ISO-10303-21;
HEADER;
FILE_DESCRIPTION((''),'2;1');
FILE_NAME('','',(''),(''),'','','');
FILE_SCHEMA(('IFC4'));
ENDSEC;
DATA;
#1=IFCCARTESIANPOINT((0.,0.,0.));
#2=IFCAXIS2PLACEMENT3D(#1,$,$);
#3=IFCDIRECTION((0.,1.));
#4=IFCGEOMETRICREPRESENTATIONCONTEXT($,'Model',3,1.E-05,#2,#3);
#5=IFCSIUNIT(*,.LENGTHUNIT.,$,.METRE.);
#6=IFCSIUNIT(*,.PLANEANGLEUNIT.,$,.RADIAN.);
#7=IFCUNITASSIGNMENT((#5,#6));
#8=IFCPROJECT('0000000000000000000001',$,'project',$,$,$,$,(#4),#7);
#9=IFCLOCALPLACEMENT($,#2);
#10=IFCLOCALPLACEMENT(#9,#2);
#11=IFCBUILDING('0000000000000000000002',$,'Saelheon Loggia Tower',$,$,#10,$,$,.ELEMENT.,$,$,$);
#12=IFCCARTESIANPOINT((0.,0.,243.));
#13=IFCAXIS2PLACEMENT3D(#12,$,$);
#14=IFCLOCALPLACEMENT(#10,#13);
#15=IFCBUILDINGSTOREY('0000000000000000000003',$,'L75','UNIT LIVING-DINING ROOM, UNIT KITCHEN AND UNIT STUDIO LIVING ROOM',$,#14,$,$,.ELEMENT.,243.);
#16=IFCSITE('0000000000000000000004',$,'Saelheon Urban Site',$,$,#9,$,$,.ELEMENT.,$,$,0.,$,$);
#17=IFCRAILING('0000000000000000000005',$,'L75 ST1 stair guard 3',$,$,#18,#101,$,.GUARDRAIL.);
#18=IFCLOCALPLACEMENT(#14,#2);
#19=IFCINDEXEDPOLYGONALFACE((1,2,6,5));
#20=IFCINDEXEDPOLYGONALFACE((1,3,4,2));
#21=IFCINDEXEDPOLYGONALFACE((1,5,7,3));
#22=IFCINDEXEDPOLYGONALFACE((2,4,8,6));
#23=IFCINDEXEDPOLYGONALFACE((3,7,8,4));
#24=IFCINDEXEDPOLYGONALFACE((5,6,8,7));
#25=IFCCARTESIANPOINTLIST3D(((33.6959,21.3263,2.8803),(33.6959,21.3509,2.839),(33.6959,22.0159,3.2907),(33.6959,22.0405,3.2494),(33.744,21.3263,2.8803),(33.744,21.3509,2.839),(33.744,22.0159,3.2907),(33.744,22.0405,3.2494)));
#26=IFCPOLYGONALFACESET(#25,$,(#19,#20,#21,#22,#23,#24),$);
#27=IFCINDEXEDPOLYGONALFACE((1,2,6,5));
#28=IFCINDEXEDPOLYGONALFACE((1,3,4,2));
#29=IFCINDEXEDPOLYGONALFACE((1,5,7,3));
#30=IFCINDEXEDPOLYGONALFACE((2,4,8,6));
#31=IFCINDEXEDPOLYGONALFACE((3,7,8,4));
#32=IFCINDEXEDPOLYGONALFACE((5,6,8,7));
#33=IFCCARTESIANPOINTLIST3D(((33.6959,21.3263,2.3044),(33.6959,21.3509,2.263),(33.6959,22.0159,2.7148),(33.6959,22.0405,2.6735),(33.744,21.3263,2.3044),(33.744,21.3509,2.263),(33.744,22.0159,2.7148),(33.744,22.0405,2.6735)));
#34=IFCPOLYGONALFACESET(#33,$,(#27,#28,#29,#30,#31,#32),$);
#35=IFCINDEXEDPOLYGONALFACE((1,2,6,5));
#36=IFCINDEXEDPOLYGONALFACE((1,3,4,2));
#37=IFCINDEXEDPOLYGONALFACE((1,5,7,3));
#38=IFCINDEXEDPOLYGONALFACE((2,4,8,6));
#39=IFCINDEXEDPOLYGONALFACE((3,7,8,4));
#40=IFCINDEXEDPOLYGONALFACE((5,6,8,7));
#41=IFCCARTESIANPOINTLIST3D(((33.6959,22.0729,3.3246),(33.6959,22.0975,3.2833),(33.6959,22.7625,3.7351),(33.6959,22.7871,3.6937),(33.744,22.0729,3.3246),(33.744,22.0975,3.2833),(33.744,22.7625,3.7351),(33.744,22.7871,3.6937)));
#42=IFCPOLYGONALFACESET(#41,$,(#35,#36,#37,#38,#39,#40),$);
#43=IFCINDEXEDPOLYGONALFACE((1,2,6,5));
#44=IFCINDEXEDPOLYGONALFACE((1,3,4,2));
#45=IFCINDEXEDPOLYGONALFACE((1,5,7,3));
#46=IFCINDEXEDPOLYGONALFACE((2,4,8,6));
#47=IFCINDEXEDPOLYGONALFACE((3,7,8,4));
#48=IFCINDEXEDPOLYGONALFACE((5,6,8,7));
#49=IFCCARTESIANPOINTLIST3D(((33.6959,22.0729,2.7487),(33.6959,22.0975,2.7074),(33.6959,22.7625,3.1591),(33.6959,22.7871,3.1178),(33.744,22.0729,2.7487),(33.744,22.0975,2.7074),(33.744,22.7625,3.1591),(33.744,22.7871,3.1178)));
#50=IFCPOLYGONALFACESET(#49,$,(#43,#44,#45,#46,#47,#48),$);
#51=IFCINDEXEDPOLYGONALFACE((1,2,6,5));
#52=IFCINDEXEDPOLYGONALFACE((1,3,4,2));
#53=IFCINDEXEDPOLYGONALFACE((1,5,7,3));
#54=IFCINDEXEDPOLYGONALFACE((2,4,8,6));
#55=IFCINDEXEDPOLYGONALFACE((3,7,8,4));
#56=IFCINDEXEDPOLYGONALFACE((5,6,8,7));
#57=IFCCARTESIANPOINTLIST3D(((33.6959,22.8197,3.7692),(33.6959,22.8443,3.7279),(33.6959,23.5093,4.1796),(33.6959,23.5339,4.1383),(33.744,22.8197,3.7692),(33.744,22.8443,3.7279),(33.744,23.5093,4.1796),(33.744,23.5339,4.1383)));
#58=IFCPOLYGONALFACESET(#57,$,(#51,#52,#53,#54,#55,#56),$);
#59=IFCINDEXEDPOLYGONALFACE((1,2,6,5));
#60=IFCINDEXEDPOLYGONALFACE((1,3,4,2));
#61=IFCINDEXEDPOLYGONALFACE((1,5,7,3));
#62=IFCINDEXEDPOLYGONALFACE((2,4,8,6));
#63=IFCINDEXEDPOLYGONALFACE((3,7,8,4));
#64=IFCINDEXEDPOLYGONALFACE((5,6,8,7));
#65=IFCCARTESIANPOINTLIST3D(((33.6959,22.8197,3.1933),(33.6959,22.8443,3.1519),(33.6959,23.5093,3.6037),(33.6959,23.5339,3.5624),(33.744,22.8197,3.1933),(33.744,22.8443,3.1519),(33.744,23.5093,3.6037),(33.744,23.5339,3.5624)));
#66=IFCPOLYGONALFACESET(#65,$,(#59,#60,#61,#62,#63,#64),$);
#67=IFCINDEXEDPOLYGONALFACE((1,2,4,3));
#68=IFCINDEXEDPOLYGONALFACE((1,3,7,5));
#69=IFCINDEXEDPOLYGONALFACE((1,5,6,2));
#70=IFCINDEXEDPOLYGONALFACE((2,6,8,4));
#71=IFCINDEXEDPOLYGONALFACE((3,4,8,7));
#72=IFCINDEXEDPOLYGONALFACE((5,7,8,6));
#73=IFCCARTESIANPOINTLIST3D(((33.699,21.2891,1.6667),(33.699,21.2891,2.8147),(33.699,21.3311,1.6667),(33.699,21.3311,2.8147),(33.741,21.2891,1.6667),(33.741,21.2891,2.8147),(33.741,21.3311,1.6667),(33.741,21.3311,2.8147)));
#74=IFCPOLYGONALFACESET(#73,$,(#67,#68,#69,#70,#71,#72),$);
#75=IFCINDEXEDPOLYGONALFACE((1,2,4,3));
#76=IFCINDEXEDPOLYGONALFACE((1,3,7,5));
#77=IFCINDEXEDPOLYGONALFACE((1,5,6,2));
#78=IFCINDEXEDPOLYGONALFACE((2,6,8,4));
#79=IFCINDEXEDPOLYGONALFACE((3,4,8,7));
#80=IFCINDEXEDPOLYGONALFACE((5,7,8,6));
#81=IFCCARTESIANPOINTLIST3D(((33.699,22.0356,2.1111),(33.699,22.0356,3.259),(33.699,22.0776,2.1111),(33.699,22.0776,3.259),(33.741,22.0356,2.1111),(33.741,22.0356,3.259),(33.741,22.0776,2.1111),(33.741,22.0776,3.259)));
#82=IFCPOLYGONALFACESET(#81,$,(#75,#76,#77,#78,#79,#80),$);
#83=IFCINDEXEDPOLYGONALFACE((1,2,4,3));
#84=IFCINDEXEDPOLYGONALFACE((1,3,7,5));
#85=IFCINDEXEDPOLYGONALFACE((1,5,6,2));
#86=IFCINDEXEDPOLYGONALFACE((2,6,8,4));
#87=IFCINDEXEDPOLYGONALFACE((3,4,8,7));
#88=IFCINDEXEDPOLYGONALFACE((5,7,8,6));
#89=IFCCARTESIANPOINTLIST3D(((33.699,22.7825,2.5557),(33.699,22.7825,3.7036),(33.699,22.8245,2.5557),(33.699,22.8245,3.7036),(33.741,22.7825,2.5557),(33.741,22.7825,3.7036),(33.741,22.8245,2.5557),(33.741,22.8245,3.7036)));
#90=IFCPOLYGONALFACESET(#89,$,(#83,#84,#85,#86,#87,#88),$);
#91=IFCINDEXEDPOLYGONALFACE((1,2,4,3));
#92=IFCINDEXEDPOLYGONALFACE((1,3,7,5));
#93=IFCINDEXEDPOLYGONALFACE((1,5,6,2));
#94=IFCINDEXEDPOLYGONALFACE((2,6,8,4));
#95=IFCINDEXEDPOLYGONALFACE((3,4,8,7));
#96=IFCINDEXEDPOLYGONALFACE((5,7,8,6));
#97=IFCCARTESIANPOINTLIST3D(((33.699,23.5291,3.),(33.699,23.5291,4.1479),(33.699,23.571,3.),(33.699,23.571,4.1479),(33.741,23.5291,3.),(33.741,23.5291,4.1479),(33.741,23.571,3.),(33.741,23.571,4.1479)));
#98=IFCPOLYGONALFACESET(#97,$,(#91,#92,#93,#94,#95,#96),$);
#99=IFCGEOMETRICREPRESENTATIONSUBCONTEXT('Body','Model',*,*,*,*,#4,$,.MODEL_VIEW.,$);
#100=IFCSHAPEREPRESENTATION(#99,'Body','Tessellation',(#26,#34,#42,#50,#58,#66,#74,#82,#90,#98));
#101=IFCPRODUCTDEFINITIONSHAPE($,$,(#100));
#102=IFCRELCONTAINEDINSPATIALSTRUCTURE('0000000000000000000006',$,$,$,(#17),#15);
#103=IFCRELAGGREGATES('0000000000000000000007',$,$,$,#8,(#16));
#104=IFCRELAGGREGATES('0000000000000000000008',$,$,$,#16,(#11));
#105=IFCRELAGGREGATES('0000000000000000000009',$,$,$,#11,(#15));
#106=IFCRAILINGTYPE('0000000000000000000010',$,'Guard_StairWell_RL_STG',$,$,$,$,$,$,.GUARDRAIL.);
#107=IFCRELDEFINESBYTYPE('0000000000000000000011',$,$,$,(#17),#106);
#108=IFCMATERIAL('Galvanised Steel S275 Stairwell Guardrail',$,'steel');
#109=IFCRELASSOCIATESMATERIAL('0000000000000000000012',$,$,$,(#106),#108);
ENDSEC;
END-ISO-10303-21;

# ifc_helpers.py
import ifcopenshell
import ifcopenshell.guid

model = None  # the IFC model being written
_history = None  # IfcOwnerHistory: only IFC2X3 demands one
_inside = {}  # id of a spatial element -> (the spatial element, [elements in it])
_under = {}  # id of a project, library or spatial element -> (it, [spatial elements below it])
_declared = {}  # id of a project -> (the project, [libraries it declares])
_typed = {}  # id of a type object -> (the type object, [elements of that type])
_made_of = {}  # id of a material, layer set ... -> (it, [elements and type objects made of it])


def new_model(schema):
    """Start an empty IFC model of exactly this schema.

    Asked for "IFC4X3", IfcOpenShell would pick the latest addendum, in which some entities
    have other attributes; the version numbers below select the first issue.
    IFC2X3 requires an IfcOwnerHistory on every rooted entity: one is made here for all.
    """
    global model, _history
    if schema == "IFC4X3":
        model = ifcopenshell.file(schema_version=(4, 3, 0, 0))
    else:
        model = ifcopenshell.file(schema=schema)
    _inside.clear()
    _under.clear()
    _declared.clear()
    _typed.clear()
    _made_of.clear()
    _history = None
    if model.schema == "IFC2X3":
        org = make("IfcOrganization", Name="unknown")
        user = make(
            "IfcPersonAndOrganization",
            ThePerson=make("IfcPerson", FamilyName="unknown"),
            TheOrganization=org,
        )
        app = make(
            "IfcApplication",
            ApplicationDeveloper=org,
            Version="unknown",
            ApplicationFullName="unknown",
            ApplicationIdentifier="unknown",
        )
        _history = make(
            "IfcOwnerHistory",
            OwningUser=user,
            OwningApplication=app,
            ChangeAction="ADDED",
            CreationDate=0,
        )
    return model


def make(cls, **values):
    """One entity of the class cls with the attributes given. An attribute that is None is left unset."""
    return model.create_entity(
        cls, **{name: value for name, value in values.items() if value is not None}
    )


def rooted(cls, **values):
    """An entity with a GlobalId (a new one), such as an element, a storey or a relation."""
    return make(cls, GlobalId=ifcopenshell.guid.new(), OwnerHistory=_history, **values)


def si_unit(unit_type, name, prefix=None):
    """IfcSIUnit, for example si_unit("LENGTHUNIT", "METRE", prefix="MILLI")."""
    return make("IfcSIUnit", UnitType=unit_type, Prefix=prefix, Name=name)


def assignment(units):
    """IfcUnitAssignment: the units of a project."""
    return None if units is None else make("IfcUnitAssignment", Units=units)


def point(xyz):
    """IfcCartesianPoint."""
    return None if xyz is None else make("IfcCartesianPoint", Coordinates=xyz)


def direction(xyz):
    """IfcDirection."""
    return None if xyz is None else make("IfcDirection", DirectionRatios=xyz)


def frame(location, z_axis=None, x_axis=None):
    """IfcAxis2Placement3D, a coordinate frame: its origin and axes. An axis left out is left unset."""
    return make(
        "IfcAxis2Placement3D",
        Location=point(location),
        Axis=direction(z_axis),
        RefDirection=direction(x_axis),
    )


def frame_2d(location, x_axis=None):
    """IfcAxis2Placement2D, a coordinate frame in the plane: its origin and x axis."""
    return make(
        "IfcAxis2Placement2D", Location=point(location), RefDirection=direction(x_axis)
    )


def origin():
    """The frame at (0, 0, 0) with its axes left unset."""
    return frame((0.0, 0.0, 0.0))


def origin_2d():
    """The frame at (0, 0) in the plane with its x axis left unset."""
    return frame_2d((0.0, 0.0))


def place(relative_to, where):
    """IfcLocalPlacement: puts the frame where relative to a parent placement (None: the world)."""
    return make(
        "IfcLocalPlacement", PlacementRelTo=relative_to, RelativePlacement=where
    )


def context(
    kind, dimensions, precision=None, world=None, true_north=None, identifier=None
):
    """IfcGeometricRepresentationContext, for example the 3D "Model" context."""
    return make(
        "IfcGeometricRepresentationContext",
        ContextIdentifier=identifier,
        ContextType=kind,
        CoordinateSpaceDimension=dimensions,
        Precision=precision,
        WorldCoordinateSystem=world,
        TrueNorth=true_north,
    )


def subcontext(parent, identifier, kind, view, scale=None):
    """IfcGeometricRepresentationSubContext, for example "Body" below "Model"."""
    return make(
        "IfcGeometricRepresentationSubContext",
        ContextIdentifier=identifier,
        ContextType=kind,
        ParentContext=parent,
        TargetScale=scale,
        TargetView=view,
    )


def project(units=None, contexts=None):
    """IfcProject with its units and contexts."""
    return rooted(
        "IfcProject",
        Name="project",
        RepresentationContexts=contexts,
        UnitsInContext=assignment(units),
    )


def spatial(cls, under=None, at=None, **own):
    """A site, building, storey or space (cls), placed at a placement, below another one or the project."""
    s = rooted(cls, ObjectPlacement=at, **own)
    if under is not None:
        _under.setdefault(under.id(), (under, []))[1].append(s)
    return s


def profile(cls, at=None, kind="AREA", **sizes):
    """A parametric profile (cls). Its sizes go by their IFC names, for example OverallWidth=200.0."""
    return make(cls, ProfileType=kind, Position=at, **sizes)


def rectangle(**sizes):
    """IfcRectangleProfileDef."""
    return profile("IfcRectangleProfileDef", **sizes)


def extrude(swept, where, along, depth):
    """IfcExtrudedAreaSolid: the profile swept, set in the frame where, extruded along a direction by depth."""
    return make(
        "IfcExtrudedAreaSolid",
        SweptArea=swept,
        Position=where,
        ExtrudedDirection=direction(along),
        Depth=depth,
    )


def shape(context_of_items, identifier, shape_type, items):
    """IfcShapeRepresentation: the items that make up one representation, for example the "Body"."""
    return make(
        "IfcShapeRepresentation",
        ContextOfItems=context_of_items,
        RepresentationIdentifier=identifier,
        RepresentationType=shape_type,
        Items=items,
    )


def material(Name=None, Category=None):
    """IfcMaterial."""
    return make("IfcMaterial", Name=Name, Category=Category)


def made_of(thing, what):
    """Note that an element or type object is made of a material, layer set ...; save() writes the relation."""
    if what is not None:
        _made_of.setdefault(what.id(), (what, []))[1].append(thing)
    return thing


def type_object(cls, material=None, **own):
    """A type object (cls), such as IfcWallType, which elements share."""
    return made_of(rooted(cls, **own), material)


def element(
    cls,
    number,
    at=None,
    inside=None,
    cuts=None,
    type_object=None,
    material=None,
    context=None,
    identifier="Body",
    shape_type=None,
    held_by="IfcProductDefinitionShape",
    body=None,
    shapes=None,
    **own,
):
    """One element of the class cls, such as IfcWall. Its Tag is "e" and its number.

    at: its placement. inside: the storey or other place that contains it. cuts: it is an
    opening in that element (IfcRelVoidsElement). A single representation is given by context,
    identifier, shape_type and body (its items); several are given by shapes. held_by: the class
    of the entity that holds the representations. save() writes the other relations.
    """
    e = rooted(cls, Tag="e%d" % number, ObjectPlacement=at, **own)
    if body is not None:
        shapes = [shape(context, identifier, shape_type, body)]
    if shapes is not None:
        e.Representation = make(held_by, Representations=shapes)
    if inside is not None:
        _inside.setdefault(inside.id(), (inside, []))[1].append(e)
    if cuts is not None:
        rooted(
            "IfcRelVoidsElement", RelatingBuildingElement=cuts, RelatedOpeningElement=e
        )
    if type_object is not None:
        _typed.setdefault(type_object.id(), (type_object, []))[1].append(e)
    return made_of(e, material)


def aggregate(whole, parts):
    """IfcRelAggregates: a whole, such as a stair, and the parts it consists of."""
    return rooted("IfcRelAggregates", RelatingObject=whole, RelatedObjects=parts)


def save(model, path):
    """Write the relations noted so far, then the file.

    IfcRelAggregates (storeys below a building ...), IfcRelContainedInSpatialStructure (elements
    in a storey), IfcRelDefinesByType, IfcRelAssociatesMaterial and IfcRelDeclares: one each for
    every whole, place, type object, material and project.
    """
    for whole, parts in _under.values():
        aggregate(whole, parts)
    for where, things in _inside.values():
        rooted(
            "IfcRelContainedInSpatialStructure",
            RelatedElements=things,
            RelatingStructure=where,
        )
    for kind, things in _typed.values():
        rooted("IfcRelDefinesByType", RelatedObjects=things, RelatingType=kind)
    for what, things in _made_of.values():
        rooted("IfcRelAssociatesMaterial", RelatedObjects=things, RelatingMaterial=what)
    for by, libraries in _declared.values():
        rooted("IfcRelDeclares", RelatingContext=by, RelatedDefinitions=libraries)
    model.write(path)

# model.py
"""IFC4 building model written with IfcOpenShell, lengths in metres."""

from ifc_helpers import new_model, si_unit, direction, frame, origin, origin_2d, place, context, subcontext, project, spatial, rectangle, extrude, material, type_object, element, save


model = new_model("IFC4")

# Units and contexts
model_context = context("Model", 3, precision=1e-05, world=origin(), true_north=direction((0.0, 1.0)))
body_context = subcontext(model_context, "Body", "Model", "MODEL_VIEW")
ifc_project = project(units=[si_unit("LENGTHUNIT", "METRE"), si_unit("PLANEANGLEUNIT", "RADIAN")], contexts=[model_context])

# Site, building, storey
site_placement = place(None, origin())
site = spatial("IfcSite", under=ifc_project, at=site_placement, Name="Saelheon Urban Site", CompositionType="ELEMENT", RefElevation=0.0)
building_placement = place(site_placement, origin())
building = spatial("IfcBuilding", under=site, at=building_placement, Name="Saelheon Loggia Tower", CompositionType="ELEMENT")
storey_placement = place(building_placement, frame((0.0, 0.0, 243.0)))
storey = spatial("IfcBuildingStorey", under=building, at=storey_placement, Name="L75", Description="UNIT LIVING-DINING ROOM, UNIT KITCHEN AND UNIT STUDIO LIVING ROOM", CompositionType="ELEMENT", Elevation=243.0)

# Railing
ifc_material_1 = material(Name="Galvanised Steel S275 Stairwell Guardrail", Category="steel")
railing_type = type_object("IfcRailingType", Name="Guard_StairWell_RL_STG", PredefinedType="GUARDRAIL", material=ifc_material_1)
railing_1_placement = place(storey_placement, frame((33.72, 21.3101, 1.6667)))
element("IfcRailing", 1, at=railing_1_placement, inside=storey, type_object=railing_type, Name="L75 ST1 stair guard 3", PredefinedType="GUARDRAIL", context=body_context, shape_type="SweptSolid", body=[
    extrude(rectangle(XDim=0.0481, YDim=0.0481, at=origin_2d()), frame((0.0, 0.0286, 1.1929), z_axis=(0.0, 0.859306, 0.511462), x_axis=(-1.0, 0.0, 0.0)), (0.0, 0.0, 1.0), 0.8025),
    extrude(rectangle(XDim=0.0481, YDim=0.0481, at=origin_2d()), frame((0.0, 0.0286, 0.6169), z_axis=(0.0, 0.859306, 0.511462), x_axis=(-1.0, 0.0, 0.0)), (0.0, 0.0, 1.0), 0.8025),
    extrude(rectangle(XDim=0.0481, YDim=0.0481, at=origin_2d()), frame((0.0, 0.7751, 1.6372), z_axis=(0.0, 0.859306, 0.511462), x_axis=(-1.0, 0.0, 0.0)), (0.0, 0.0, 1.0), 0.8025),
    extrude(rectangle(XDim=0.0481, YDim=0.0481, at=origin_2d()), frame((0.0, 0.7751, 1.0613), z_axis=(0.0, 0.859306, 0.511462), x_axis=(-1.0, 0.0, 0.0)), (0.0, 0.0, 1.0), 0.8025),
    extrude(rectangle(XDim=0.0481, YDim=0.0481, at=origin_2d()), frame((0.0, 1.522, 2.0818), z_axis=(0.0, 0.859306, 0.511462), x_axis=(-1.0, 0.0, 0.0)), (0.0, 0.0, 1.0), 0.8025),
    extrude(rectangle(XDim=0.0481, YDim=0.0481, at=origin_2d()), frame((0.0, 1.522, 1.5059), z_axis=(0.0, 0.859306, 0.511462), x_axis=(-1.0, 0.0, 0.0)), (0.0, 0.0, 1.0), 0.8025),
    extrude(rectangle(XDim=0.042, YDim=0.042, at=origin_2d()), origin(), (0.0, 0.0, 1.0), 1.1479),
    extrude(rectangle(XDim=0.042, YDim=0.042, at=origin_2d()), frame((0.0, 0.7466, 0.4443)), (0.0, 0.0, 1.0), 1.1479),
    extrude(rectangle(XDim=0.042, YDim=0.042, at=origin_2d()), frame((0.0, 1.4934, 0.8889)), (0.0, 0.0, 1.0), 1.1479),
    extrude(rectangle(XDim=0.042, YDim=0.042, at=origin_2d()), frame((0.0, 2.24, 1.3333)), (0.0, 0.0, 1.0), 1.1479),
])

save(model, "model.ifc")
